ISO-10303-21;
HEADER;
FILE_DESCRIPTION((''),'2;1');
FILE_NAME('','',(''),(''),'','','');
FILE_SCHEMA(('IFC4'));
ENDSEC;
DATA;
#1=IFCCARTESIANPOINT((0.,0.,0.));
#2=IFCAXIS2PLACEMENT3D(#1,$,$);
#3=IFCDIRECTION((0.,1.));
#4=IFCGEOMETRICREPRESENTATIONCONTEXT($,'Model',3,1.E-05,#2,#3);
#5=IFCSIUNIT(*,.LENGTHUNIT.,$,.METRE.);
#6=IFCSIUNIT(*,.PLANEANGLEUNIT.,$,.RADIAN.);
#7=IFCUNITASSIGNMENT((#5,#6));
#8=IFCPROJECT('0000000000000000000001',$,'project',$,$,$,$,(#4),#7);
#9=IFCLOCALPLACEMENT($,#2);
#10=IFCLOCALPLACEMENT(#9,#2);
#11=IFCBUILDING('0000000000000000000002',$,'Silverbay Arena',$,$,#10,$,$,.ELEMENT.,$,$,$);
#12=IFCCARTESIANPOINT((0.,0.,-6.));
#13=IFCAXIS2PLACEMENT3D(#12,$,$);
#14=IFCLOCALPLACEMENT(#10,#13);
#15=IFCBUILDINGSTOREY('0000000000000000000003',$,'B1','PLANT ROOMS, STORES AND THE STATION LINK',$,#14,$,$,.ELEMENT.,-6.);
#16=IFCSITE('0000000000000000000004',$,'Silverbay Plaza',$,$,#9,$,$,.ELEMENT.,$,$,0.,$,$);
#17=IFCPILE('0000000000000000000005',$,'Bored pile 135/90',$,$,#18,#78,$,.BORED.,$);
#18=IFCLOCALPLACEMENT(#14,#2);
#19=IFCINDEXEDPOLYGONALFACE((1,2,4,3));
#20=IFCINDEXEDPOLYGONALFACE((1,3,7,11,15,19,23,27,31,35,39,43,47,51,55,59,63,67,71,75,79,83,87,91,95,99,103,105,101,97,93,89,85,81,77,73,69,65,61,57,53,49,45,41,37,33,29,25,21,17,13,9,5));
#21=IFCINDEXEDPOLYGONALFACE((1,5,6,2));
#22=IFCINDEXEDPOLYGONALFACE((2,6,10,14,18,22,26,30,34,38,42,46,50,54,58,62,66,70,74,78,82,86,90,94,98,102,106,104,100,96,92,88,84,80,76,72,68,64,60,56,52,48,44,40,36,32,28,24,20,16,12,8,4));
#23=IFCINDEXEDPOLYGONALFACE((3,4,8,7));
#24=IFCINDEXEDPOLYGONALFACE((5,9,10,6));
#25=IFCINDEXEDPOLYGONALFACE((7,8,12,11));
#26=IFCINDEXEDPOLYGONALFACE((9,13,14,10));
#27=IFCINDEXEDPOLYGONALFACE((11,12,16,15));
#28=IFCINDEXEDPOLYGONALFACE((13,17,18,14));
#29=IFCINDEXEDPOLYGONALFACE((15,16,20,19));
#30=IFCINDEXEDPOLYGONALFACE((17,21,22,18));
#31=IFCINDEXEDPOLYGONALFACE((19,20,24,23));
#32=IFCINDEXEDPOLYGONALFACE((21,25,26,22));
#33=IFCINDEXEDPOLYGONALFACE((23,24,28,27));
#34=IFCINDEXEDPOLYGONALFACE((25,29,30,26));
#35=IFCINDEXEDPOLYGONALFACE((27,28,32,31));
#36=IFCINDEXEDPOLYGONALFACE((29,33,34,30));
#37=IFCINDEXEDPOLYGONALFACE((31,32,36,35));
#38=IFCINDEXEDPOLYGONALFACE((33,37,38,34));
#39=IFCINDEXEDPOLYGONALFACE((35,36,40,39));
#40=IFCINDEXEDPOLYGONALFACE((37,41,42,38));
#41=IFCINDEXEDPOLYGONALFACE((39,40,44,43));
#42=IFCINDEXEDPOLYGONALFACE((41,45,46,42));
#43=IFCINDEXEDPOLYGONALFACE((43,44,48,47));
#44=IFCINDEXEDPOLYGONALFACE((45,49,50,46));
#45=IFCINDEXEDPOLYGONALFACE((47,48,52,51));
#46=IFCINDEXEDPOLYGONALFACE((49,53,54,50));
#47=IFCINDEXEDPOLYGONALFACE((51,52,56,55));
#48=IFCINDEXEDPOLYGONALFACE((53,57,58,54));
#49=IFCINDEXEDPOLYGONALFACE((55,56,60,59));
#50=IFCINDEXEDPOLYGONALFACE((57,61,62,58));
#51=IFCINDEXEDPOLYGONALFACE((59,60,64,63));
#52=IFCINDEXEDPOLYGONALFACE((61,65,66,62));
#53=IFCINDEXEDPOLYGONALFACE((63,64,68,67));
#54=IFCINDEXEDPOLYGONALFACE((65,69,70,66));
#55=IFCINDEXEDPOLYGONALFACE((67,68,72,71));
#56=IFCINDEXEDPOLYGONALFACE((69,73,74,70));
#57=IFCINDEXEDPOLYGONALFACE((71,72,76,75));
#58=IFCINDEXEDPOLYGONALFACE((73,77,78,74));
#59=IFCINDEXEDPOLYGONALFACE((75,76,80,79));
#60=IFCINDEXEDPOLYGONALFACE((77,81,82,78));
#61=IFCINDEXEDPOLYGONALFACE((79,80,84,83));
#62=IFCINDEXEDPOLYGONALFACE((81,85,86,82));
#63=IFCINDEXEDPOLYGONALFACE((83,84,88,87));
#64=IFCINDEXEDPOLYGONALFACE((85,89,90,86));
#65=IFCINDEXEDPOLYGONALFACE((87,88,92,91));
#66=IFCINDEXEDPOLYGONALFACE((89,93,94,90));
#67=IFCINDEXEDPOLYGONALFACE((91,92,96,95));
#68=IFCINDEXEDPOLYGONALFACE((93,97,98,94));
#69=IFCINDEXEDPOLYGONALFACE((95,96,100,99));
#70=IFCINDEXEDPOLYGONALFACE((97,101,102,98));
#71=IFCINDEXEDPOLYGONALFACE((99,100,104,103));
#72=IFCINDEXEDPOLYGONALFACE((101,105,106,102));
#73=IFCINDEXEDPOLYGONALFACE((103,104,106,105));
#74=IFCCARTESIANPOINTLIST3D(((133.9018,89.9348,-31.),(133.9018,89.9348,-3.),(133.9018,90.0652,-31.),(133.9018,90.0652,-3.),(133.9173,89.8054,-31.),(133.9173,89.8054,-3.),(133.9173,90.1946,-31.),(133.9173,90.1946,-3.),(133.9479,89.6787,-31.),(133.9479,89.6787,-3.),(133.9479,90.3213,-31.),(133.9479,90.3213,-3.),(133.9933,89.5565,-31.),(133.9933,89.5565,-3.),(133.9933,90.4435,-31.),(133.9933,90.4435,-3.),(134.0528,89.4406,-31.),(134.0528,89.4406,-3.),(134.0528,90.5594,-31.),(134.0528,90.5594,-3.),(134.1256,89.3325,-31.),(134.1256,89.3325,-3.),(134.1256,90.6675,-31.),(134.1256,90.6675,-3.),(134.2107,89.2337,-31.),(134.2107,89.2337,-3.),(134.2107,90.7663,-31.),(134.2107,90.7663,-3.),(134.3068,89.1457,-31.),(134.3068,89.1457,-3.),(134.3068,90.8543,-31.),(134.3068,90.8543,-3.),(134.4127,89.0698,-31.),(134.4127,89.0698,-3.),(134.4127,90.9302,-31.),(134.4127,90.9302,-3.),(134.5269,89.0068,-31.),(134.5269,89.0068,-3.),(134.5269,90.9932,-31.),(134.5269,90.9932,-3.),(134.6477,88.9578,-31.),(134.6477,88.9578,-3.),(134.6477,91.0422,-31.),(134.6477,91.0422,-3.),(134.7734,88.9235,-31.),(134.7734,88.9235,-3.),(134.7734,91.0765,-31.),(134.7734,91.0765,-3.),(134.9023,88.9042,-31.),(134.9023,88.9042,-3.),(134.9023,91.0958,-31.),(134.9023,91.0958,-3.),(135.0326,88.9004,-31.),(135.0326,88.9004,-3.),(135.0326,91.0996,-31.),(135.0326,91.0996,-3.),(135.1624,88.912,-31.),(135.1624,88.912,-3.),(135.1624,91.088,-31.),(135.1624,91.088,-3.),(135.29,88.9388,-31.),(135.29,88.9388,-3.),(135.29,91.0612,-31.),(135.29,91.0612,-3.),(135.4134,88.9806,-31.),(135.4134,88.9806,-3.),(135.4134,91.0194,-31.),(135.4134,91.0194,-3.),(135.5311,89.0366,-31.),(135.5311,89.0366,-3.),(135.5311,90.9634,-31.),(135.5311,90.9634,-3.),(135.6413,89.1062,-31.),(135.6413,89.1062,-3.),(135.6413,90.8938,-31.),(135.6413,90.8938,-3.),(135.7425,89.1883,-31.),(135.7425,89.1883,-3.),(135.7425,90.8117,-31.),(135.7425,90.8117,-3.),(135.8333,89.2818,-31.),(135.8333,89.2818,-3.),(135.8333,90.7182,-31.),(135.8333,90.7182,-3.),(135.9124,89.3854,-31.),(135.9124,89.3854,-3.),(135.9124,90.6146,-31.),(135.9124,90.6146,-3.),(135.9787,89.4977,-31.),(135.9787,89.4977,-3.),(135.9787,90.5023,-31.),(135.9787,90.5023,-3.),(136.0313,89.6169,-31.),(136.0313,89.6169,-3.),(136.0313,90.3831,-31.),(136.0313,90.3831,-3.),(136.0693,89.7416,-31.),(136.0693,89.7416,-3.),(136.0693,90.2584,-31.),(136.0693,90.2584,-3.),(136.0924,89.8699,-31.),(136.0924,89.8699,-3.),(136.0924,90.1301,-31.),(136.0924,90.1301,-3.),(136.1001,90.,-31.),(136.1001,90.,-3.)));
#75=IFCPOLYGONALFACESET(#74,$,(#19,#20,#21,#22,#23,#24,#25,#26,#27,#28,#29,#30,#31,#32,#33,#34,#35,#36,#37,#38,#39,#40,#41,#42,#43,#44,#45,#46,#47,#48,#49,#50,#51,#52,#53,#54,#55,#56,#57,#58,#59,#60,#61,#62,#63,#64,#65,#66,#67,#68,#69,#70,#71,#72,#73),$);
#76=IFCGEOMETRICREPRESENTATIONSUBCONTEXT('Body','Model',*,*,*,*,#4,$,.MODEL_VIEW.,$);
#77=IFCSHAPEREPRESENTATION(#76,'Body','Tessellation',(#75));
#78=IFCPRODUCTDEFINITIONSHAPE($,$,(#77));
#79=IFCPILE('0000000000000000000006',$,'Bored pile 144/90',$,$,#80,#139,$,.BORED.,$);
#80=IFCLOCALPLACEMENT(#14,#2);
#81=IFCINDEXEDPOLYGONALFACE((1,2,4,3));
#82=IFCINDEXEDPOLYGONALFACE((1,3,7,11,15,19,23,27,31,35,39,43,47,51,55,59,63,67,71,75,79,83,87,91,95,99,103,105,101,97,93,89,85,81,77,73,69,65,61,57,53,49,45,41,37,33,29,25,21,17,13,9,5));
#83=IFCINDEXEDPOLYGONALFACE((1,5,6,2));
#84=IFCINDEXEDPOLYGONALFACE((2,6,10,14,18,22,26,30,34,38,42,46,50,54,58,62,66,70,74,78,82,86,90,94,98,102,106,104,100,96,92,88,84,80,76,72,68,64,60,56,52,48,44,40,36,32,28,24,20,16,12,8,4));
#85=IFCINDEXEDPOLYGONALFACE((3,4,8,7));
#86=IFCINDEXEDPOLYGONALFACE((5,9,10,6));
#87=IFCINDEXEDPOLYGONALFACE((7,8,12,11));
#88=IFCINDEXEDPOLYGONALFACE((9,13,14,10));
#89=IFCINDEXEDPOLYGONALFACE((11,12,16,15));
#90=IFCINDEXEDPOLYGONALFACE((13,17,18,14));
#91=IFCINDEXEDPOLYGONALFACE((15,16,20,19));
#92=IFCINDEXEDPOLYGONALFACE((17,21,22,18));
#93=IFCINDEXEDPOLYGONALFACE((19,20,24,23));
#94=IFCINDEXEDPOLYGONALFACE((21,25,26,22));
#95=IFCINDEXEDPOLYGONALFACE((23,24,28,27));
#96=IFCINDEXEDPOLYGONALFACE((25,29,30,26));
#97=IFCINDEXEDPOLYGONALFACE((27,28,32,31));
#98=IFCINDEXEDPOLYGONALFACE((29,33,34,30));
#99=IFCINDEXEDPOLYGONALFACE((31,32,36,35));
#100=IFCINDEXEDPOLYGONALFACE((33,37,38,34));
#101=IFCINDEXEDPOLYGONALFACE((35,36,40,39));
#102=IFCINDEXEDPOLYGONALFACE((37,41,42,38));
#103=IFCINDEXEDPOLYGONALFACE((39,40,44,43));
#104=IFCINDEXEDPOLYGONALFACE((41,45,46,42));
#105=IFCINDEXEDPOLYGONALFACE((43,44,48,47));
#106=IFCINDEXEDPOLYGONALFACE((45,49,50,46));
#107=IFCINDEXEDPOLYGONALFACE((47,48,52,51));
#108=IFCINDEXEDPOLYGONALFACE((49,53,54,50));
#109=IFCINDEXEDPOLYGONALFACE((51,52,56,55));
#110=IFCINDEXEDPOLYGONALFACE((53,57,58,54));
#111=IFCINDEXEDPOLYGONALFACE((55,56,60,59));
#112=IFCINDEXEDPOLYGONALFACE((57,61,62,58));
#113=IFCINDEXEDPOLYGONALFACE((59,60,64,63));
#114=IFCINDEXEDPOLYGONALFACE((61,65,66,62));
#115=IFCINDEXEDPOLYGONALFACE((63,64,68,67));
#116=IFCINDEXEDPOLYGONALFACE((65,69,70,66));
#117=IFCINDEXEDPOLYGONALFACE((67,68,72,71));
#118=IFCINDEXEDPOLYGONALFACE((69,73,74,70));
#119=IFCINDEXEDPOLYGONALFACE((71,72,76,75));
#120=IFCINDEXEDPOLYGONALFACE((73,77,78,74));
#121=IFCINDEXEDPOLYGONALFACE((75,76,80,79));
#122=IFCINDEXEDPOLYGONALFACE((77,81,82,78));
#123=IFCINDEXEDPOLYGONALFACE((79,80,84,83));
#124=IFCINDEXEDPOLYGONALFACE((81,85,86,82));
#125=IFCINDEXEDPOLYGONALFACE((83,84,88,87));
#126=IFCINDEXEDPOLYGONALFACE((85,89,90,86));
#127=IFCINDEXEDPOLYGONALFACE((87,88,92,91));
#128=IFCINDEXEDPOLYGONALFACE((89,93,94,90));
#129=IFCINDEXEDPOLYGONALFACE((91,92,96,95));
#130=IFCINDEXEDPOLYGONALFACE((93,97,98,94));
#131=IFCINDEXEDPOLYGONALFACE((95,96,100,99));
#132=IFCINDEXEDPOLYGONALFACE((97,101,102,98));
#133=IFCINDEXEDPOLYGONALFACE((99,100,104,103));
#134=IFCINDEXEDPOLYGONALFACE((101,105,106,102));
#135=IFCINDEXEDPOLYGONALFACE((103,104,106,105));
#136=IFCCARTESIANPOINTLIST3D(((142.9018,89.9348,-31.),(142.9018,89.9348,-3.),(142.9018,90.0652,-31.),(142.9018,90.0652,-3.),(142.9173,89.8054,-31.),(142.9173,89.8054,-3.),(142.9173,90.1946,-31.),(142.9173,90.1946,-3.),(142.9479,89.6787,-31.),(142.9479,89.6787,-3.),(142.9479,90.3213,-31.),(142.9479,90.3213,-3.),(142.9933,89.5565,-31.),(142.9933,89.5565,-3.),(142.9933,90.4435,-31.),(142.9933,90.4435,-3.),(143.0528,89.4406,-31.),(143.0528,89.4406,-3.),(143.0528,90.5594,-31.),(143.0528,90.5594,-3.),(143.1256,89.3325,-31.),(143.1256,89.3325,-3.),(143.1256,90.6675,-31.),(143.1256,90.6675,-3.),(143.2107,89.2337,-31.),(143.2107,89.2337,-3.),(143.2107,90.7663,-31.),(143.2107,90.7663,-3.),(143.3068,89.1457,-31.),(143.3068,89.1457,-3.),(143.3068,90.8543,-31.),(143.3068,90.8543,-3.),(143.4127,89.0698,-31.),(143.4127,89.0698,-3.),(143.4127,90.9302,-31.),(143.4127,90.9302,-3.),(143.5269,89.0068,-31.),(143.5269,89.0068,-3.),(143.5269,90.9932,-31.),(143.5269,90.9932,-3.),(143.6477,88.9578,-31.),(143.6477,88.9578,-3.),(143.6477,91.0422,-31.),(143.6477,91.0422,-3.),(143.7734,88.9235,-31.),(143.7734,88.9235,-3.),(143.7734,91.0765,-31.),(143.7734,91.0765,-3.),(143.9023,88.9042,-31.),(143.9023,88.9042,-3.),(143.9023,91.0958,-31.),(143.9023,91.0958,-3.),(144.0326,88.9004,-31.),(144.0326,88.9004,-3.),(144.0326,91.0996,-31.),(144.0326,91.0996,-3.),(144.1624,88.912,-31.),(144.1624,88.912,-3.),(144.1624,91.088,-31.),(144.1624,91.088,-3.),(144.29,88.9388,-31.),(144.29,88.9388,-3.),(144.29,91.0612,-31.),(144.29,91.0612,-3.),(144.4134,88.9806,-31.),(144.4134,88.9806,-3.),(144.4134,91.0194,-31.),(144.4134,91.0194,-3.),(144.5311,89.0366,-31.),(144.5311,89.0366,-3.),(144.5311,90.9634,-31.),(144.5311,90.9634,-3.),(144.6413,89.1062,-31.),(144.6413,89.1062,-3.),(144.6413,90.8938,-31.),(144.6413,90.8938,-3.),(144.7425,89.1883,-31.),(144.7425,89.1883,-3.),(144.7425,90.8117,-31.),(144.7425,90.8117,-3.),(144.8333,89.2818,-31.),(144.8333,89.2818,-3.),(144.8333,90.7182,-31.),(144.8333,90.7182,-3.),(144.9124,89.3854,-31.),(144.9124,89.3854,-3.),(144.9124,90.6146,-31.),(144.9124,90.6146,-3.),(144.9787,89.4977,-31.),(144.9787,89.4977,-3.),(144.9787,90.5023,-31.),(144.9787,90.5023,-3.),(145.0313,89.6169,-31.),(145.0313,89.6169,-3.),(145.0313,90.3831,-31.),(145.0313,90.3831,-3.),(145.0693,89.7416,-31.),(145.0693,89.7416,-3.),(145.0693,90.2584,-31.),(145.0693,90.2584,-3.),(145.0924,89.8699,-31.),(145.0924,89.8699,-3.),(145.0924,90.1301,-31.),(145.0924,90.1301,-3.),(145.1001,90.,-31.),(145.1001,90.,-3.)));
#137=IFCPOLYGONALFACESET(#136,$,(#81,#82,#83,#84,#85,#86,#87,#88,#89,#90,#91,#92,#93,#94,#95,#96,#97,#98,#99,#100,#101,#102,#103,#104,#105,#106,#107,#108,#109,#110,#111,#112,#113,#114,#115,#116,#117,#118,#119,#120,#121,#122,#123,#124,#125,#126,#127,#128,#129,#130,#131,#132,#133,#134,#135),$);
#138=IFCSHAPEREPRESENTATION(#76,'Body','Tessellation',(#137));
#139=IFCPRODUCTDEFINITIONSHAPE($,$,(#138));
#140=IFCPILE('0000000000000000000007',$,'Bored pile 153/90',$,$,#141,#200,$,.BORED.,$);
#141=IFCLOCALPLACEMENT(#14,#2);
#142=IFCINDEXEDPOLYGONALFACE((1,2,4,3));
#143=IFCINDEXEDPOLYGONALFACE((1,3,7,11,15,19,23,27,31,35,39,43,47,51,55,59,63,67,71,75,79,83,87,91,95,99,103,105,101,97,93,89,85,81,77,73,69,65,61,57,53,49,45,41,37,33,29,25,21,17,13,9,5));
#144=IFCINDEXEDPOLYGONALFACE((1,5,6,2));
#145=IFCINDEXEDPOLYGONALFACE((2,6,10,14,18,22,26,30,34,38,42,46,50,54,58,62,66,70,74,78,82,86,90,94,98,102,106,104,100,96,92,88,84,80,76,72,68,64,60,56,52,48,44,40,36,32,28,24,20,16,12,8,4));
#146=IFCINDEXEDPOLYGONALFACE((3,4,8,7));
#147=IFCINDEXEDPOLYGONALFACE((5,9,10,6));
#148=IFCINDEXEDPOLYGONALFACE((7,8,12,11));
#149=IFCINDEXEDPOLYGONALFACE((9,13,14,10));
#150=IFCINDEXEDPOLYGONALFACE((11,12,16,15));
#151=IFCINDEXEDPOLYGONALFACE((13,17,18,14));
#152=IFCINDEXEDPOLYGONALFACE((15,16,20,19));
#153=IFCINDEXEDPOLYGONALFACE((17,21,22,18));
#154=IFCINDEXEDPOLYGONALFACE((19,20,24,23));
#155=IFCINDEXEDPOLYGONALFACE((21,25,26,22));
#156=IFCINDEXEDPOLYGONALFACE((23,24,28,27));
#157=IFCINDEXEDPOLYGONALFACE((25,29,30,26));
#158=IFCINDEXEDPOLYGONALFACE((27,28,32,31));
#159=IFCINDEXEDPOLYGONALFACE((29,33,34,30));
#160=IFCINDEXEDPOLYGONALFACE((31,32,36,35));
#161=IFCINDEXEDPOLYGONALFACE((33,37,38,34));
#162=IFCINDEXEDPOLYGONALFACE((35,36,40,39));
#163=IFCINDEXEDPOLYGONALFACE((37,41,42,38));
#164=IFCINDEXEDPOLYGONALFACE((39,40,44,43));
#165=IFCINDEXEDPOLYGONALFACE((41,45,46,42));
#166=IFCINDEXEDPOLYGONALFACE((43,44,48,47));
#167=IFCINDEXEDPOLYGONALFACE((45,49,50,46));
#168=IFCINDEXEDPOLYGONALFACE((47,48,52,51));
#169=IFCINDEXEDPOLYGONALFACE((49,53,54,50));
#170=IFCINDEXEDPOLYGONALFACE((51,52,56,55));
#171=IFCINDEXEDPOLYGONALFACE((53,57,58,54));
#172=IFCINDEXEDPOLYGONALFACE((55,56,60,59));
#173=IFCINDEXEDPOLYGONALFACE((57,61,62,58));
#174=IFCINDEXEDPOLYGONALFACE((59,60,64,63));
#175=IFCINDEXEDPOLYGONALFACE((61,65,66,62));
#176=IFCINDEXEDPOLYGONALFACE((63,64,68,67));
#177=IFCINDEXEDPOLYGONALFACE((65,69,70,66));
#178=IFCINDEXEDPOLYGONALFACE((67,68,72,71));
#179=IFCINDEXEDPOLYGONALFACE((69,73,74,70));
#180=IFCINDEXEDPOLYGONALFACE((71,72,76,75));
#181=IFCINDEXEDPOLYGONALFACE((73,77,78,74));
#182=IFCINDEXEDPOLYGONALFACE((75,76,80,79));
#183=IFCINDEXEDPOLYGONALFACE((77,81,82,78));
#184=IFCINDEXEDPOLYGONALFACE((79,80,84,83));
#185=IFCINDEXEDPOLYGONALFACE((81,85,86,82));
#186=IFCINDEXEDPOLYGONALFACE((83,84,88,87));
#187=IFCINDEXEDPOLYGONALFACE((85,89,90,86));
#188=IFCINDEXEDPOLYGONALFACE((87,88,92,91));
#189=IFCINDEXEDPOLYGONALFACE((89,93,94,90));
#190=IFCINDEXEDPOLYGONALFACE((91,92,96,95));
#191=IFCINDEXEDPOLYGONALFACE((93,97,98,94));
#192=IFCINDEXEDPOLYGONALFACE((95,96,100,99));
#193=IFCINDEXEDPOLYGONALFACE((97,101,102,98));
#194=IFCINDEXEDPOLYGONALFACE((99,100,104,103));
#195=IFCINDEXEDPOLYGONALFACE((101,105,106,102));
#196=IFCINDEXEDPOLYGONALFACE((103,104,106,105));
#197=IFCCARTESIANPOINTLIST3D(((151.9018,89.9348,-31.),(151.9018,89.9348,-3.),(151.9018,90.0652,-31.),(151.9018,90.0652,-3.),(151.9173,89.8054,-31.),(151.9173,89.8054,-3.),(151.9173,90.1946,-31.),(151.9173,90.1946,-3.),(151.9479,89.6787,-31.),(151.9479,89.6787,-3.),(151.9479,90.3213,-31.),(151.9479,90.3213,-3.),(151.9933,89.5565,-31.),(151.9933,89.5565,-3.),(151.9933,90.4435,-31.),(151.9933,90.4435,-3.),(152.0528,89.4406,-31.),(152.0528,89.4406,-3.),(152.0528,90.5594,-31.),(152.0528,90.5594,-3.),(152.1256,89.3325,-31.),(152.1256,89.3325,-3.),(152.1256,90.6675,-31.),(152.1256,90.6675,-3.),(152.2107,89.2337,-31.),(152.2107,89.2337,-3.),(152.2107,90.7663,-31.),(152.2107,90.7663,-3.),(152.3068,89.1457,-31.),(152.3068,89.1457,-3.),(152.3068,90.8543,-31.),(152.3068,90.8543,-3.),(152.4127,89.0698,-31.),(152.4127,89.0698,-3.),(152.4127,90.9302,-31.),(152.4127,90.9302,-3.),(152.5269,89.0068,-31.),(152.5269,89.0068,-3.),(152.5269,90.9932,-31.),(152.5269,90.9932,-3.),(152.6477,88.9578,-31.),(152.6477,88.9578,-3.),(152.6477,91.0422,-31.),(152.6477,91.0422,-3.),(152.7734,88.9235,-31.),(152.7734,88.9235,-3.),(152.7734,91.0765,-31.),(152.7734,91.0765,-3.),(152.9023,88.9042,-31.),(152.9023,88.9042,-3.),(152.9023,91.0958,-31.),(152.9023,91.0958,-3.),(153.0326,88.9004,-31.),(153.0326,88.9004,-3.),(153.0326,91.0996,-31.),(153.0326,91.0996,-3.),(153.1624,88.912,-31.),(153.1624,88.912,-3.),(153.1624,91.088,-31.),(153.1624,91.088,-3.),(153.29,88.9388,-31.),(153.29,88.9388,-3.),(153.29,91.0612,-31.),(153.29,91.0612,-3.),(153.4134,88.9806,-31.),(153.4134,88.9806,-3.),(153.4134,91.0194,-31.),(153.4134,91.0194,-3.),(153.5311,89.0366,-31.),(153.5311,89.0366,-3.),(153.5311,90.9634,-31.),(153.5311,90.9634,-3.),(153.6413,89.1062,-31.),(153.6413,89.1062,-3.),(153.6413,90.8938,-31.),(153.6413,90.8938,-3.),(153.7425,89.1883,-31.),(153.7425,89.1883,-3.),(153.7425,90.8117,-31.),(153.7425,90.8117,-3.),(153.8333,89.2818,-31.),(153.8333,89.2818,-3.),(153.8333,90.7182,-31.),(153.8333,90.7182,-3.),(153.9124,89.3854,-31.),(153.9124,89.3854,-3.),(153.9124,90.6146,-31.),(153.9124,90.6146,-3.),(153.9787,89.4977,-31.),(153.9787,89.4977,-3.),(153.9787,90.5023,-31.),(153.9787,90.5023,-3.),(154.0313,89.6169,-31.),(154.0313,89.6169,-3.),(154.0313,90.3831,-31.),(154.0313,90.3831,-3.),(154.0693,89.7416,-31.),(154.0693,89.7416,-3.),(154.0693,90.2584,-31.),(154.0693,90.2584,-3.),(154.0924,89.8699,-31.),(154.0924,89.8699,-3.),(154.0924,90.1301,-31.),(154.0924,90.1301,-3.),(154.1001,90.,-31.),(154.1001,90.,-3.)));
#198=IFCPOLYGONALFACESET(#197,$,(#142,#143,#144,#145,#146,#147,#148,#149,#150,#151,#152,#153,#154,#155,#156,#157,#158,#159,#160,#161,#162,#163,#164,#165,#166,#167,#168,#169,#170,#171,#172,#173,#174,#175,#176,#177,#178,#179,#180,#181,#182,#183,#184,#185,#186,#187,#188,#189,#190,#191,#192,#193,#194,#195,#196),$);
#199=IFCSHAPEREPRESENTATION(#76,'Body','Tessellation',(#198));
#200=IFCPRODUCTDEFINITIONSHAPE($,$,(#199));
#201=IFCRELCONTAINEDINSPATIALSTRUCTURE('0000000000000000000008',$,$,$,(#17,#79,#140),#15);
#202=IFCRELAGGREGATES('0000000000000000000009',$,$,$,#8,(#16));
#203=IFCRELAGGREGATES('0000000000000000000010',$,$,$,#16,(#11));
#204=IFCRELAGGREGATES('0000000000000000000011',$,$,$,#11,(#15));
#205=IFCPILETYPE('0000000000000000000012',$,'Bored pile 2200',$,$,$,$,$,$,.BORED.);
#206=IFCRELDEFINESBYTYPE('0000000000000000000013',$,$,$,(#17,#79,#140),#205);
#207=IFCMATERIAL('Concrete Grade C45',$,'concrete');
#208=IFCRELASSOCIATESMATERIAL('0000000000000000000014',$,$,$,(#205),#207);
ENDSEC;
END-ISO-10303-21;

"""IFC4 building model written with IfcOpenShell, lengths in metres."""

from ifc_helpers import new_model, si_unit, direction, frame, origin, origin_2d, place, context, subcontext, project, spatial, circle, extrude, material, material_profile, profile_set, type_object, element, save


model = new_model("IFC4")

# Units and contexts
model_context = context("Model", 3, precision=1e-05, world=origin(), true_north=direction((0.0, 1.0)))
body_context = subcontext(model_context, "Body", "Model", "MODEL_VIEW")
ifc_project = project(units=[si_unit("LENGTHUNIT", "METRE"), si_unit("PLANEANGLEUNIT", "RADIAN")], contexts=[model_context])

# Site, building, storey
site_placement = place(None, origin())
site = spatial("IfcSite", under=ifc_project, at=site_placement, Name="Silverbay Plaza", CompositionType="ELEMENT", RefElevation=0.0)
building_placement = place(site_placement, origin())
building = spatial("IfcBuilding", under=site, at=building_placement, Name="Silverbay Arena", CompositionType="ELEMENT")
storey_placement = place(building_placement, frame((0.0, 0.0, -6.0)))
storey = spatial("IfcBuildingStorey", under=building, at=storey_placement, Name="B1", Description="PLANT ROOMS, STORES AND THE STATION LINK", CompositionType="ELEMENT", Elevation=-6.0)

# Piles
ifc_material_1 = material(Name="Concrete Grade C45", Category="concrete")
ifc_material_profile_1 = material_profile(ifc_material_1, circle(Radius=1.1001, at=origin_2d()), Name="Bored pile 2200")
ifc_profile_set_1 = profile_set([ifc_material_profile_1], Name="Concrete Grade C45")
pile_type_1 = type_object("IfcPileType", Name="Bored pile 2200", PredefinedType="BORED", material=ifc_profile_set_1)
for number, where, z_axis, x_axis, name in (
    (1, (135.0, 90.0, -3.0), (0.0, 0.0, -1.0), (1.0, 0.0, 0.0), "Bored pile 135/90"),
    (2, (144.0, 90.0, -3.0), (0.0, 0.0, -1.0), (1.0, 0.0, 0.0), "Bored pile 144/90"),
    (3, (153.0, 90.0, -3.0), (0.0, 0.0, -1.0), (1.0, 0.0, 0.0), "Bored pile 153/90"),
):
    element("IfcPile", number, at=place(storey_placement, frame(where, z_axis=z_axis, x_axis=x_axis)), inside=storey, type_object=pile_type_1, Name=name, PredefinedType="BORED", context=body_context, shape_type="SweptSolid", body=[
        extrude(circle(Radius=1.1001, at=origin_2d()), origin(), (0.0, 0.0, 1.0), 28.0),
    ])

save(model, "model.ifc")
